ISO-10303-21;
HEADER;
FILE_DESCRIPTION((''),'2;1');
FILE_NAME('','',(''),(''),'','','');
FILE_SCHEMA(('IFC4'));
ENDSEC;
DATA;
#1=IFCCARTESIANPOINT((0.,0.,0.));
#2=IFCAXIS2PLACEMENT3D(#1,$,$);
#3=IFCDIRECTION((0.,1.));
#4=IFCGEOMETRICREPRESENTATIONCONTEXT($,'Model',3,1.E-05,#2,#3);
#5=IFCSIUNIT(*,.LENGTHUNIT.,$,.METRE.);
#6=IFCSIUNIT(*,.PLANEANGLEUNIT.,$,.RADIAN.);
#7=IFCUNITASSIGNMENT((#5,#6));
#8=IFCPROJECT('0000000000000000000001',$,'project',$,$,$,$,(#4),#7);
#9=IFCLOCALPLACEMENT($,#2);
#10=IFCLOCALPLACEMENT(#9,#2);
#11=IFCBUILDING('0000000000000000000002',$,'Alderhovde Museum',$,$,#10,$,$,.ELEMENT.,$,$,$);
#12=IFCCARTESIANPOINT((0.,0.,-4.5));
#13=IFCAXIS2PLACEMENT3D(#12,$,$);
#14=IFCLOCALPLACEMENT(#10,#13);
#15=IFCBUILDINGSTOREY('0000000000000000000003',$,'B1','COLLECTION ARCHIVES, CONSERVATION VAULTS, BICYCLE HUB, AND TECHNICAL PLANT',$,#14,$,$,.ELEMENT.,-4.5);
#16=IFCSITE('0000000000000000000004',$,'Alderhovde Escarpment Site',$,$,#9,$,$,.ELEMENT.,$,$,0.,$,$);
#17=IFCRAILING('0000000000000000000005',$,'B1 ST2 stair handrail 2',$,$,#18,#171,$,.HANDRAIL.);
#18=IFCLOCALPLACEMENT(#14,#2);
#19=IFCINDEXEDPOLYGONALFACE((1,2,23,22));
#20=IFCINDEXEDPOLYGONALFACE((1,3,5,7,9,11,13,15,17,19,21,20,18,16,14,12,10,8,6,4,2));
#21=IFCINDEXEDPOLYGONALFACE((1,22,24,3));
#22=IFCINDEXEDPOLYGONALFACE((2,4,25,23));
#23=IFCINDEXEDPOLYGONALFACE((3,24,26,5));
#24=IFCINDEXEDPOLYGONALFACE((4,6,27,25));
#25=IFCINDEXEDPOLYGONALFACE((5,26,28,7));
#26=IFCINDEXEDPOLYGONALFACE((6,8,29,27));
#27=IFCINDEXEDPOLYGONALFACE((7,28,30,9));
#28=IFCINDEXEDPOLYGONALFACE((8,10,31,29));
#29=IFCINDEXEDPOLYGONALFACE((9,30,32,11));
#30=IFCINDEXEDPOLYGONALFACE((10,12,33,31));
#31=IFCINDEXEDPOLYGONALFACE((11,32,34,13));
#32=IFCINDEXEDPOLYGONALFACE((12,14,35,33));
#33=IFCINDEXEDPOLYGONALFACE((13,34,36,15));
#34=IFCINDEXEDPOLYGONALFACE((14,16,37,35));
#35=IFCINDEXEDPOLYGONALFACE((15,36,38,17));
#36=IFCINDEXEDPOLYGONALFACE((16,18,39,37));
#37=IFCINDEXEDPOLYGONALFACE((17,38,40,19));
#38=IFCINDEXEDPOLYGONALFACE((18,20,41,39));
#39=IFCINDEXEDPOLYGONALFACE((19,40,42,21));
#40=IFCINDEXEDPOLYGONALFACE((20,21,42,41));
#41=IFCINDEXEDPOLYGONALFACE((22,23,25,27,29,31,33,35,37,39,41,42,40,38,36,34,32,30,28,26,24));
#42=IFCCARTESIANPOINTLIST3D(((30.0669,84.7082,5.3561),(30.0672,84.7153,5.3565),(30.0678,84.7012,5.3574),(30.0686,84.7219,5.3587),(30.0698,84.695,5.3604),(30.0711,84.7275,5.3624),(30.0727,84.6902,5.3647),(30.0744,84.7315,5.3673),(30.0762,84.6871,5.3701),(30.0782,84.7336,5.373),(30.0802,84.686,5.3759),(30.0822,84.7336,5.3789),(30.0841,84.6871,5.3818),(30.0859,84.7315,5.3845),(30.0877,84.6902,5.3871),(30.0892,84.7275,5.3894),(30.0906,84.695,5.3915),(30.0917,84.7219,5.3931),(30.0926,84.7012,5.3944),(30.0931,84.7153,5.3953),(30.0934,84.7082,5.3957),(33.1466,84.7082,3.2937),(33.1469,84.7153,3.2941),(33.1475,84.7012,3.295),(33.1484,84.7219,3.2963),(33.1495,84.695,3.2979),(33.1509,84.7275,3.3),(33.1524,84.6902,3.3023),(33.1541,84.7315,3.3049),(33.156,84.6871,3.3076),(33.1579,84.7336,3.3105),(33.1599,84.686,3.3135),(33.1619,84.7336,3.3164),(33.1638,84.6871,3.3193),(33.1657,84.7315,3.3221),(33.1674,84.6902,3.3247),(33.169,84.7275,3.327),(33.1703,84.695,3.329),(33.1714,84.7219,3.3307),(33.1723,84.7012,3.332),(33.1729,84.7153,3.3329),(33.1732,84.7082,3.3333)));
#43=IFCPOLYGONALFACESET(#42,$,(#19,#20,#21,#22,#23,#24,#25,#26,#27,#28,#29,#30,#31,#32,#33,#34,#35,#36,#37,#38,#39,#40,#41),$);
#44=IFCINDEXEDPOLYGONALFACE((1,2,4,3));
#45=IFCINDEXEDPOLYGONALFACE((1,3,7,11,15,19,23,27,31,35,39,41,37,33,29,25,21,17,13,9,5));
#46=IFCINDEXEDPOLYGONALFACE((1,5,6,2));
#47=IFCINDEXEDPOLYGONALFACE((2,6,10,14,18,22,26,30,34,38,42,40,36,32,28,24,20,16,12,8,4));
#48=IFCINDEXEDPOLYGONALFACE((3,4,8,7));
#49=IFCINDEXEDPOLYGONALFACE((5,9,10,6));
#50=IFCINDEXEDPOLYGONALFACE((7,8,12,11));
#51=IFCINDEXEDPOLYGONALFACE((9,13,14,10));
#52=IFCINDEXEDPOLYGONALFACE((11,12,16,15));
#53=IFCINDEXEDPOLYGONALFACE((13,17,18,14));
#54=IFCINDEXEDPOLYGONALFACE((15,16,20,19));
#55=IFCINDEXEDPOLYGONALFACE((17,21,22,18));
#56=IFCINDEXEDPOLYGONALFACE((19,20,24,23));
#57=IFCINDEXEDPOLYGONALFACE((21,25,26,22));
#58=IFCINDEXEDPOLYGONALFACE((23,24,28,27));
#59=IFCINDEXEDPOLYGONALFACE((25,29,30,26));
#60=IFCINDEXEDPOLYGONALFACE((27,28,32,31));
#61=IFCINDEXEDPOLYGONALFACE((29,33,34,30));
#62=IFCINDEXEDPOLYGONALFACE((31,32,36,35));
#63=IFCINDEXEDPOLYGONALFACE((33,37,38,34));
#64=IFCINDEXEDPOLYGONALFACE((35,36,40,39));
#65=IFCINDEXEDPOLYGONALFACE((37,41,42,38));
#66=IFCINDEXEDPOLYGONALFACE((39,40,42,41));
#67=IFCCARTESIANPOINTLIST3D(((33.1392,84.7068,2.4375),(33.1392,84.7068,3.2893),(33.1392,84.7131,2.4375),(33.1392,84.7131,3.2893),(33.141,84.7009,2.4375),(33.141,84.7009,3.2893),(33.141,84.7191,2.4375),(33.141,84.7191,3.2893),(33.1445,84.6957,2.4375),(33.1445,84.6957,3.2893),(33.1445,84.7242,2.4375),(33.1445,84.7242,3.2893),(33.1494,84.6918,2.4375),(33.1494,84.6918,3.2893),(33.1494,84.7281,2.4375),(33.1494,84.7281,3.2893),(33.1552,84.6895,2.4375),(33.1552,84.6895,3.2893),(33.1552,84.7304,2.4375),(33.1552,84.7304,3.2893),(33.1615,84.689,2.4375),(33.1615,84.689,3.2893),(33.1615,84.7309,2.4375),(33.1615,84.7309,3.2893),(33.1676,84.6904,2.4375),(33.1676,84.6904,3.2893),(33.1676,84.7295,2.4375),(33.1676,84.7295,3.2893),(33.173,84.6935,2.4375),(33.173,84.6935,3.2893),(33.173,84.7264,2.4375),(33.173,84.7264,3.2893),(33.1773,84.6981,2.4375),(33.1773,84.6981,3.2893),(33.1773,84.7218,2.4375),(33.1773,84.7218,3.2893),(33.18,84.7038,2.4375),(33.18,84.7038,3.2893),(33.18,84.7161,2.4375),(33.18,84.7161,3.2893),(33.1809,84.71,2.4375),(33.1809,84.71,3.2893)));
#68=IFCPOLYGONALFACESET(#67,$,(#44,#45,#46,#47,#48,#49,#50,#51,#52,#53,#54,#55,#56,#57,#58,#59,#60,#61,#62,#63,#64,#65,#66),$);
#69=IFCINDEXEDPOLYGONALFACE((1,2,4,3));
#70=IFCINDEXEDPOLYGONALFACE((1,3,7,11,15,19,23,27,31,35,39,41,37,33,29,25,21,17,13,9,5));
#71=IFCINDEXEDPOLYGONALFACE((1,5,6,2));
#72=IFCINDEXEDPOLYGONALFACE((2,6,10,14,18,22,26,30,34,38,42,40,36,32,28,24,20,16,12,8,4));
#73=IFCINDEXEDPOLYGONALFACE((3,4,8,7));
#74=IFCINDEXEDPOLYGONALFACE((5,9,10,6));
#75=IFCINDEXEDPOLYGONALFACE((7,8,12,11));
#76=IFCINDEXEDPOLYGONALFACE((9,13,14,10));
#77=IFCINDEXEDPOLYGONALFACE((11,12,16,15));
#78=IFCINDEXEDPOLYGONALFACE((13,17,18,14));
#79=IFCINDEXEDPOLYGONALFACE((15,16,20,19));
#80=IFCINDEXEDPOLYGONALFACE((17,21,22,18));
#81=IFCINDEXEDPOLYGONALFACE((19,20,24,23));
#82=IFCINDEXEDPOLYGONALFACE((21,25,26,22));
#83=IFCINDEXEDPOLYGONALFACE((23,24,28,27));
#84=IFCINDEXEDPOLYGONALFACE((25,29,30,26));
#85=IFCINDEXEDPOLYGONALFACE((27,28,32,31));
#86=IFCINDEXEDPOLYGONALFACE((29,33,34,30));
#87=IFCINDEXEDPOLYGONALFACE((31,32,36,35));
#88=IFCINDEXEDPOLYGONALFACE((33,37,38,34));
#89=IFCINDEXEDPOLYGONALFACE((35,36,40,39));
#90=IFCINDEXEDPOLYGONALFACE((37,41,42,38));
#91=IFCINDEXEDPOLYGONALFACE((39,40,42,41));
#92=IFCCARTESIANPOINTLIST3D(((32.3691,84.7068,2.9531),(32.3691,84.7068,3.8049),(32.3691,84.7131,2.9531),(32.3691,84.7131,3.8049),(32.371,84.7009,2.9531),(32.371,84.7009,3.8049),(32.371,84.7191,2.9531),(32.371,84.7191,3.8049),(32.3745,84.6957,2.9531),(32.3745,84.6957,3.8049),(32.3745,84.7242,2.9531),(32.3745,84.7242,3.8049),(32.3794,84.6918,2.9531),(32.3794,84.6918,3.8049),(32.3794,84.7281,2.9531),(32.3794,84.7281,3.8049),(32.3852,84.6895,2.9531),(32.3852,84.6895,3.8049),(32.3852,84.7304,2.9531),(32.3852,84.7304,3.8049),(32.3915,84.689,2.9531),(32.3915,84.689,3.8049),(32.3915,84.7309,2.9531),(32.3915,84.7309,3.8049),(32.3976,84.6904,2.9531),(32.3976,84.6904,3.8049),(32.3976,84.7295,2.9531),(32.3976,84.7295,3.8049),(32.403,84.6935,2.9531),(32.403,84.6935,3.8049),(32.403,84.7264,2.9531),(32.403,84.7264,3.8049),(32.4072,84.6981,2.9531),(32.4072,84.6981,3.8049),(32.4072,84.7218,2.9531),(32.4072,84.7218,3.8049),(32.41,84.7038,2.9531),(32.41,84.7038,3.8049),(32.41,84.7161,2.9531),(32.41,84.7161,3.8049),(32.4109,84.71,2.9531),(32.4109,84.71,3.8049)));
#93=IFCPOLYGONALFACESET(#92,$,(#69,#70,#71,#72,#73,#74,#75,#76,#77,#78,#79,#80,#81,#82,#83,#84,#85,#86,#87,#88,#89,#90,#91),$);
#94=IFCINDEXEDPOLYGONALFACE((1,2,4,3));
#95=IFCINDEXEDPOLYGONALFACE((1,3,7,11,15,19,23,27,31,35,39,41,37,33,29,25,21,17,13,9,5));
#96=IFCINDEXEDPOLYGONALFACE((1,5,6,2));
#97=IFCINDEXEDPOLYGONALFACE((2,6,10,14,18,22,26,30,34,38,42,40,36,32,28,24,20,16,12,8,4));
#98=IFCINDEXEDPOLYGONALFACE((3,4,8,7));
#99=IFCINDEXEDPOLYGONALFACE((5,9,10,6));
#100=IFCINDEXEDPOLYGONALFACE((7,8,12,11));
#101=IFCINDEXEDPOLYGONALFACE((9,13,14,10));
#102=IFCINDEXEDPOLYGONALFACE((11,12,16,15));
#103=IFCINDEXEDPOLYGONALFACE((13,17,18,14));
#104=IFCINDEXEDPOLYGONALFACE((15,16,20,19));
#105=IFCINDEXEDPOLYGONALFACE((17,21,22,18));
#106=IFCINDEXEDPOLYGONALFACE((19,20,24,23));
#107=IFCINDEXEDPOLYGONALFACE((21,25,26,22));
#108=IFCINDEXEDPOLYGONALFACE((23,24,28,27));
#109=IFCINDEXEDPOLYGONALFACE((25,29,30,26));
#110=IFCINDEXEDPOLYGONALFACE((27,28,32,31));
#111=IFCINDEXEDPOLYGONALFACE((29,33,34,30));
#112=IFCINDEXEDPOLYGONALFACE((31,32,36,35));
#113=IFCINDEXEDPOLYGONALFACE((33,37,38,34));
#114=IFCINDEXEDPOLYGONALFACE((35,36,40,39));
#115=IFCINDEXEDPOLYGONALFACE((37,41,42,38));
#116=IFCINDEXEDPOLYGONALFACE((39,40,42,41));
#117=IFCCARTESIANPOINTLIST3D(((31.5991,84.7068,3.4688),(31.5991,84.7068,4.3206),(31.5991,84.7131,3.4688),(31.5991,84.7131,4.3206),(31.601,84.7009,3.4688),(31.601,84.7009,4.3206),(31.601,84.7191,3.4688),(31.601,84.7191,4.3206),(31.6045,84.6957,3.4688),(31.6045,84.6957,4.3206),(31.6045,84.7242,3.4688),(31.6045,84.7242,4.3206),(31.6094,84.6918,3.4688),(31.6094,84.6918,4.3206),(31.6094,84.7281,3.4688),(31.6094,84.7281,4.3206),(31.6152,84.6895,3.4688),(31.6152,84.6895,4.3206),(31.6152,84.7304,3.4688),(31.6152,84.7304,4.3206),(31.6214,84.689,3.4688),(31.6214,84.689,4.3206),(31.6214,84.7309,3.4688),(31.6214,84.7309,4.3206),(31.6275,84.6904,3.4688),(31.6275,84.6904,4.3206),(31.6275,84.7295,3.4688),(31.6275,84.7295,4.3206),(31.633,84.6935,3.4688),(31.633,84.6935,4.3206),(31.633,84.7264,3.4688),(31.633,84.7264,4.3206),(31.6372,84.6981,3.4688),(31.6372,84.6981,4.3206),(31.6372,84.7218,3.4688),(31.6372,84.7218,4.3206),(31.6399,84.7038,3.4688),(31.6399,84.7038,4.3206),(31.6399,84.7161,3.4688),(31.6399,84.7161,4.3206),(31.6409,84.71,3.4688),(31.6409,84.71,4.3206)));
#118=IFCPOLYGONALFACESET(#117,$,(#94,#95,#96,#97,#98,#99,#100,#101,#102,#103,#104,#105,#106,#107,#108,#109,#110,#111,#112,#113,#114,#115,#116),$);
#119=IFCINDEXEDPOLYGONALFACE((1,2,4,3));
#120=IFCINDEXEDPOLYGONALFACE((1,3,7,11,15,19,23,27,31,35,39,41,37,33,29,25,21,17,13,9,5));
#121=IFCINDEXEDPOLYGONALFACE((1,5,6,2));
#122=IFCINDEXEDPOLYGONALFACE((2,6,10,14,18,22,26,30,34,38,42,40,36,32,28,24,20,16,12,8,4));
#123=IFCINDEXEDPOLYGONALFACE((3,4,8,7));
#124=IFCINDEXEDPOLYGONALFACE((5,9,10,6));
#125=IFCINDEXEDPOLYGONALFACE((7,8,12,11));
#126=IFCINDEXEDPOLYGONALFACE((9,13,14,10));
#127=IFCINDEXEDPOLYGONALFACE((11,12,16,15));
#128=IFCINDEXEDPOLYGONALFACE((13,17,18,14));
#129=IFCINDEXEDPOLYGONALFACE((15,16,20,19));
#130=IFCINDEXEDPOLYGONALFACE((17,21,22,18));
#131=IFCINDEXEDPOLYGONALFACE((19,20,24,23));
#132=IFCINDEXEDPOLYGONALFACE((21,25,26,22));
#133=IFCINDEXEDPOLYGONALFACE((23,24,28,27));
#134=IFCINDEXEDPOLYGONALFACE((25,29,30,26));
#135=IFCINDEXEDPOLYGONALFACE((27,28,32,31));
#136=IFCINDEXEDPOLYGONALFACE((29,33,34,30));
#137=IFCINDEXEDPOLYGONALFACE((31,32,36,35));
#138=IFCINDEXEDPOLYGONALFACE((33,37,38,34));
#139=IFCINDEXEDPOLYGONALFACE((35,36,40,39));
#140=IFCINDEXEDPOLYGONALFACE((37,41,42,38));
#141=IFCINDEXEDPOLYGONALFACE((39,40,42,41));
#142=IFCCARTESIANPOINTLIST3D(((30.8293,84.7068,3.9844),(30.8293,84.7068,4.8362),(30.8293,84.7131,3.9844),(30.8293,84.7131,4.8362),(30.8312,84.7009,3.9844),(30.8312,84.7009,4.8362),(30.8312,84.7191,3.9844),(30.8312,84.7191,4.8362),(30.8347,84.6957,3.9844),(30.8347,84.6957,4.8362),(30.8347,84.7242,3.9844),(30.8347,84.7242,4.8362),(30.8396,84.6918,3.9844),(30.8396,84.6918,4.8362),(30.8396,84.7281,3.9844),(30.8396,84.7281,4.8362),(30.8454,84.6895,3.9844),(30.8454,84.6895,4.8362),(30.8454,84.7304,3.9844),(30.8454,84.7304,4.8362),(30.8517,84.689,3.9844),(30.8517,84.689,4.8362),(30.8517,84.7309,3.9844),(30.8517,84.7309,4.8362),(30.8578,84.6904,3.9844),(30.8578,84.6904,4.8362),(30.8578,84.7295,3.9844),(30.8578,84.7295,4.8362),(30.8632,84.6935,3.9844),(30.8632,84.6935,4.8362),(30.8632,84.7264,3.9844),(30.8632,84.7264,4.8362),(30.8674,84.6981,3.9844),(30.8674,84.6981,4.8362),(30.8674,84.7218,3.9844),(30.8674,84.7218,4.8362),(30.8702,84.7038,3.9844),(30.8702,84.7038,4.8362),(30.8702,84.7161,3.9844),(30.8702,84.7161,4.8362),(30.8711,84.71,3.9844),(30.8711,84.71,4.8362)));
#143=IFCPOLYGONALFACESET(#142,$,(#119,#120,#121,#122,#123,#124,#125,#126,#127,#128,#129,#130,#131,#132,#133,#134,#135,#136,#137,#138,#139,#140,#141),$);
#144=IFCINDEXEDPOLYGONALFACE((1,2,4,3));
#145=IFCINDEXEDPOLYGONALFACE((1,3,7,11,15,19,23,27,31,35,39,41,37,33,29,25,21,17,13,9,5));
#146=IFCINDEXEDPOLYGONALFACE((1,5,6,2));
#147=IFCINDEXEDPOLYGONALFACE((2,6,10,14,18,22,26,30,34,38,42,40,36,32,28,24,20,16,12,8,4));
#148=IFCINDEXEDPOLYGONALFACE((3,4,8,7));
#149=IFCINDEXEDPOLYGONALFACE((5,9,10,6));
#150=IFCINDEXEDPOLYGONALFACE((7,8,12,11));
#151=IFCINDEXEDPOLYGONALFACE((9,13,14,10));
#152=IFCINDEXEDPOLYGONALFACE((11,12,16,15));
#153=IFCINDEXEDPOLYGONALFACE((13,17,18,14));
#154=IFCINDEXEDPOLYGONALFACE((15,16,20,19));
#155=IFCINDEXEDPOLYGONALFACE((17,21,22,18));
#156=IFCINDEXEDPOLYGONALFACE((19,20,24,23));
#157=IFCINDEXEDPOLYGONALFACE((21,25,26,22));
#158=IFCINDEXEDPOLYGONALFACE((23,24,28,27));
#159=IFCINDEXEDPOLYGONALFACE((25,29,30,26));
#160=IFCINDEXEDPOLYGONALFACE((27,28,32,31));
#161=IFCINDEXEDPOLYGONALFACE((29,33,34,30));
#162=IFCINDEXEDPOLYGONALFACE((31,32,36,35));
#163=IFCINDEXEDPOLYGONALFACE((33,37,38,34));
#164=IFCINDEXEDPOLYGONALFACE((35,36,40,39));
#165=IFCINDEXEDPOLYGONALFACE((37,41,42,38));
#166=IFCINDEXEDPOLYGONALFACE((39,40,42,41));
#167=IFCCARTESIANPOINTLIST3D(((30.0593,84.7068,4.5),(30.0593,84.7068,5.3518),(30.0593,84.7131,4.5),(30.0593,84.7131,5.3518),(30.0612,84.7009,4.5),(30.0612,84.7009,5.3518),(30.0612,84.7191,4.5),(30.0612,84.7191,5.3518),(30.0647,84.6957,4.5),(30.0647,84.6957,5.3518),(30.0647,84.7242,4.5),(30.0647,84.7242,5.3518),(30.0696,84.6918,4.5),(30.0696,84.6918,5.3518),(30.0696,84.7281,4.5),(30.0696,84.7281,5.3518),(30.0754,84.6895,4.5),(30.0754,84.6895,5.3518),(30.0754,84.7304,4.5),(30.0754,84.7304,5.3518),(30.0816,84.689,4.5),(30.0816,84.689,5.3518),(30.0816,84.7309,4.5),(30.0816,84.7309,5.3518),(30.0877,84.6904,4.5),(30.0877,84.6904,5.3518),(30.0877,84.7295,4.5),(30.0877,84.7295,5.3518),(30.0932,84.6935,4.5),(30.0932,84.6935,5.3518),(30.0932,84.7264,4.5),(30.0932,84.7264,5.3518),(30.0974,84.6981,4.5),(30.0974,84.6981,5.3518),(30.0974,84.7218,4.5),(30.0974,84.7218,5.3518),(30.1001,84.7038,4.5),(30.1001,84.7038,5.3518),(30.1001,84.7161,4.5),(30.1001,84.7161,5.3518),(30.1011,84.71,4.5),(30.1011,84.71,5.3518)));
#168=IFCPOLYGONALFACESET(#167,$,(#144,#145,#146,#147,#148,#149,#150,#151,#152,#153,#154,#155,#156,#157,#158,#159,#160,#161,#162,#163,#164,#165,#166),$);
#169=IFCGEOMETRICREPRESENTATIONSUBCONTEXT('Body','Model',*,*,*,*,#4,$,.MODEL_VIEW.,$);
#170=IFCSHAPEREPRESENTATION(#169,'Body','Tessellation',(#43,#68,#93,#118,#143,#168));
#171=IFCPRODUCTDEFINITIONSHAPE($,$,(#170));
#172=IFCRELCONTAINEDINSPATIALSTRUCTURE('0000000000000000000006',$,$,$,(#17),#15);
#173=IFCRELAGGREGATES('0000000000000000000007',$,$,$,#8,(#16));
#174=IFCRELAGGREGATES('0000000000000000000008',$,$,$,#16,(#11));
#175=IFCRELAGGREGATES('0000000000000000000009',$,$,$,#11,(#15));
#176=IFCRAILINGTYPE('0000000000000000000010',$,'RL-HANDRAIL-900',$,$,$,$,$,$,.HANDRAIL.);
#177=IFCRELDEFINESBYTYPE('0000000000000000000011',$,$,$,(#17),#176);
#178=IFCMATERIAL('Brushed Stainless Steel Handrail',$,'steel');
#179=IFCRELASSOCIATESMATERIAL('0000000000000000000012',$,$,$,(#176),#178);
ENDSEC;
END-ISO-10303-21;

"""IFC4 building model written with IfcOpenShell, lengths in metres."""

from ifc_helpers import new_model, si_unit, direction, frame, origin, origin_2d, place, context, subcontext, project, spatial, circle, extrude, material, type_object, element, save


model = new_model("IFC4")

# Units and contexts
model_context = context("Model", 3, precision=1e-05, world=origin(), true_north=direction((0.0, 1.0)))
body_context = subcontext(model_context, "Body", "Model", "MODEL_VIEW")
ifc_project = project(units=[si_unit("LENGTHUNIT", "METRE"), si_unit("PLANEANGLEUNIT", "RADIAN")], contexts=[model_context])

# Site, building, storey
site_placement = place(None, origin())
site = spatial("IfcSite", under=ifc_project, at=site_placement, Name="Alderhovde Escarpment Site", CompositionType="ELEMENT", RefElevation=0.0)
building_placement = place(site_placement, origin())
building = spatial("IfcBuilding", under=site, at=building_placement, Name="Alderhovde Museum", CompositionType="ELEMENT")
storey_placement = place(building_placement, frame((0.0, 0.0, -4.5)))
storey = spatial("IfcBuildingStorey", under=building, at=storey_placement, Name="B1", Description="COLLECTION ARCHIVES, CONSERVATION VAULTS, BICYCLE HUB, AND TECHNICAL PLANT", CompositionType="ELEMENT", Elevation=-4.5)

# Railing
ifc_material_1 = material(Name="Brushed Stainless Steel Handrail", Category="steel")
railing_type_1 = type_object("IfcRailingType", Name="RL-HANDRAIL-900", PredefinedType="HANDRAIL", material=ifc_material_1)
railing_1_placement = place(storey_placement, frame((33.1599, 84.71, 2.4375)))
element("IfcRailing", 1, at=railing_1_placement, inside=storey, type_object=railing_type_1, Name="B1 ST2 stair handrail 2", PredefinedType="HANDRAIL", context=body_context, shape_type="SweptSolid", body=[
    extrude(circle(Radius=0.0239, at=origin_2d()), frame((0.0, 0.0, 0.876), z_axis=(-0.830893, 0.0, 0.556432), x_axis=(0.0, -1.0, 0.0)), (0.0, 0.0, 1.0), 3.7065),
    extrude(circle(Radius=0.021, at=origin_2d()), origin(), (0.0, 0.0, 1.0), 0.8518),
    extrude(circle(Radius=0.021, at=origin_2d()), frame((-0.77, 0.0, 0.5156)), (0.0, 0.0, 1.0), 0.8518),
    extrude(circle(Radius=0.021, at=origin_2d()), frame((-1.54, 0.0, 1.0312)), (0.0, 0.0, 1.0), 0.8518),
    extrude(circle(Radius=0.021, at=origin_2d()), frame((-2.3098, 0.0, 1.5469)), (0.0, 0.0, 1.0), 0.8518),
    extrude(circle(Radius=0.021, at=origin_2d()), frame((-3.0798, 0.0, 2.0625)), (0.0, 0.0, 1.0), 0.8518),
])

save(model, "model.ifc")
